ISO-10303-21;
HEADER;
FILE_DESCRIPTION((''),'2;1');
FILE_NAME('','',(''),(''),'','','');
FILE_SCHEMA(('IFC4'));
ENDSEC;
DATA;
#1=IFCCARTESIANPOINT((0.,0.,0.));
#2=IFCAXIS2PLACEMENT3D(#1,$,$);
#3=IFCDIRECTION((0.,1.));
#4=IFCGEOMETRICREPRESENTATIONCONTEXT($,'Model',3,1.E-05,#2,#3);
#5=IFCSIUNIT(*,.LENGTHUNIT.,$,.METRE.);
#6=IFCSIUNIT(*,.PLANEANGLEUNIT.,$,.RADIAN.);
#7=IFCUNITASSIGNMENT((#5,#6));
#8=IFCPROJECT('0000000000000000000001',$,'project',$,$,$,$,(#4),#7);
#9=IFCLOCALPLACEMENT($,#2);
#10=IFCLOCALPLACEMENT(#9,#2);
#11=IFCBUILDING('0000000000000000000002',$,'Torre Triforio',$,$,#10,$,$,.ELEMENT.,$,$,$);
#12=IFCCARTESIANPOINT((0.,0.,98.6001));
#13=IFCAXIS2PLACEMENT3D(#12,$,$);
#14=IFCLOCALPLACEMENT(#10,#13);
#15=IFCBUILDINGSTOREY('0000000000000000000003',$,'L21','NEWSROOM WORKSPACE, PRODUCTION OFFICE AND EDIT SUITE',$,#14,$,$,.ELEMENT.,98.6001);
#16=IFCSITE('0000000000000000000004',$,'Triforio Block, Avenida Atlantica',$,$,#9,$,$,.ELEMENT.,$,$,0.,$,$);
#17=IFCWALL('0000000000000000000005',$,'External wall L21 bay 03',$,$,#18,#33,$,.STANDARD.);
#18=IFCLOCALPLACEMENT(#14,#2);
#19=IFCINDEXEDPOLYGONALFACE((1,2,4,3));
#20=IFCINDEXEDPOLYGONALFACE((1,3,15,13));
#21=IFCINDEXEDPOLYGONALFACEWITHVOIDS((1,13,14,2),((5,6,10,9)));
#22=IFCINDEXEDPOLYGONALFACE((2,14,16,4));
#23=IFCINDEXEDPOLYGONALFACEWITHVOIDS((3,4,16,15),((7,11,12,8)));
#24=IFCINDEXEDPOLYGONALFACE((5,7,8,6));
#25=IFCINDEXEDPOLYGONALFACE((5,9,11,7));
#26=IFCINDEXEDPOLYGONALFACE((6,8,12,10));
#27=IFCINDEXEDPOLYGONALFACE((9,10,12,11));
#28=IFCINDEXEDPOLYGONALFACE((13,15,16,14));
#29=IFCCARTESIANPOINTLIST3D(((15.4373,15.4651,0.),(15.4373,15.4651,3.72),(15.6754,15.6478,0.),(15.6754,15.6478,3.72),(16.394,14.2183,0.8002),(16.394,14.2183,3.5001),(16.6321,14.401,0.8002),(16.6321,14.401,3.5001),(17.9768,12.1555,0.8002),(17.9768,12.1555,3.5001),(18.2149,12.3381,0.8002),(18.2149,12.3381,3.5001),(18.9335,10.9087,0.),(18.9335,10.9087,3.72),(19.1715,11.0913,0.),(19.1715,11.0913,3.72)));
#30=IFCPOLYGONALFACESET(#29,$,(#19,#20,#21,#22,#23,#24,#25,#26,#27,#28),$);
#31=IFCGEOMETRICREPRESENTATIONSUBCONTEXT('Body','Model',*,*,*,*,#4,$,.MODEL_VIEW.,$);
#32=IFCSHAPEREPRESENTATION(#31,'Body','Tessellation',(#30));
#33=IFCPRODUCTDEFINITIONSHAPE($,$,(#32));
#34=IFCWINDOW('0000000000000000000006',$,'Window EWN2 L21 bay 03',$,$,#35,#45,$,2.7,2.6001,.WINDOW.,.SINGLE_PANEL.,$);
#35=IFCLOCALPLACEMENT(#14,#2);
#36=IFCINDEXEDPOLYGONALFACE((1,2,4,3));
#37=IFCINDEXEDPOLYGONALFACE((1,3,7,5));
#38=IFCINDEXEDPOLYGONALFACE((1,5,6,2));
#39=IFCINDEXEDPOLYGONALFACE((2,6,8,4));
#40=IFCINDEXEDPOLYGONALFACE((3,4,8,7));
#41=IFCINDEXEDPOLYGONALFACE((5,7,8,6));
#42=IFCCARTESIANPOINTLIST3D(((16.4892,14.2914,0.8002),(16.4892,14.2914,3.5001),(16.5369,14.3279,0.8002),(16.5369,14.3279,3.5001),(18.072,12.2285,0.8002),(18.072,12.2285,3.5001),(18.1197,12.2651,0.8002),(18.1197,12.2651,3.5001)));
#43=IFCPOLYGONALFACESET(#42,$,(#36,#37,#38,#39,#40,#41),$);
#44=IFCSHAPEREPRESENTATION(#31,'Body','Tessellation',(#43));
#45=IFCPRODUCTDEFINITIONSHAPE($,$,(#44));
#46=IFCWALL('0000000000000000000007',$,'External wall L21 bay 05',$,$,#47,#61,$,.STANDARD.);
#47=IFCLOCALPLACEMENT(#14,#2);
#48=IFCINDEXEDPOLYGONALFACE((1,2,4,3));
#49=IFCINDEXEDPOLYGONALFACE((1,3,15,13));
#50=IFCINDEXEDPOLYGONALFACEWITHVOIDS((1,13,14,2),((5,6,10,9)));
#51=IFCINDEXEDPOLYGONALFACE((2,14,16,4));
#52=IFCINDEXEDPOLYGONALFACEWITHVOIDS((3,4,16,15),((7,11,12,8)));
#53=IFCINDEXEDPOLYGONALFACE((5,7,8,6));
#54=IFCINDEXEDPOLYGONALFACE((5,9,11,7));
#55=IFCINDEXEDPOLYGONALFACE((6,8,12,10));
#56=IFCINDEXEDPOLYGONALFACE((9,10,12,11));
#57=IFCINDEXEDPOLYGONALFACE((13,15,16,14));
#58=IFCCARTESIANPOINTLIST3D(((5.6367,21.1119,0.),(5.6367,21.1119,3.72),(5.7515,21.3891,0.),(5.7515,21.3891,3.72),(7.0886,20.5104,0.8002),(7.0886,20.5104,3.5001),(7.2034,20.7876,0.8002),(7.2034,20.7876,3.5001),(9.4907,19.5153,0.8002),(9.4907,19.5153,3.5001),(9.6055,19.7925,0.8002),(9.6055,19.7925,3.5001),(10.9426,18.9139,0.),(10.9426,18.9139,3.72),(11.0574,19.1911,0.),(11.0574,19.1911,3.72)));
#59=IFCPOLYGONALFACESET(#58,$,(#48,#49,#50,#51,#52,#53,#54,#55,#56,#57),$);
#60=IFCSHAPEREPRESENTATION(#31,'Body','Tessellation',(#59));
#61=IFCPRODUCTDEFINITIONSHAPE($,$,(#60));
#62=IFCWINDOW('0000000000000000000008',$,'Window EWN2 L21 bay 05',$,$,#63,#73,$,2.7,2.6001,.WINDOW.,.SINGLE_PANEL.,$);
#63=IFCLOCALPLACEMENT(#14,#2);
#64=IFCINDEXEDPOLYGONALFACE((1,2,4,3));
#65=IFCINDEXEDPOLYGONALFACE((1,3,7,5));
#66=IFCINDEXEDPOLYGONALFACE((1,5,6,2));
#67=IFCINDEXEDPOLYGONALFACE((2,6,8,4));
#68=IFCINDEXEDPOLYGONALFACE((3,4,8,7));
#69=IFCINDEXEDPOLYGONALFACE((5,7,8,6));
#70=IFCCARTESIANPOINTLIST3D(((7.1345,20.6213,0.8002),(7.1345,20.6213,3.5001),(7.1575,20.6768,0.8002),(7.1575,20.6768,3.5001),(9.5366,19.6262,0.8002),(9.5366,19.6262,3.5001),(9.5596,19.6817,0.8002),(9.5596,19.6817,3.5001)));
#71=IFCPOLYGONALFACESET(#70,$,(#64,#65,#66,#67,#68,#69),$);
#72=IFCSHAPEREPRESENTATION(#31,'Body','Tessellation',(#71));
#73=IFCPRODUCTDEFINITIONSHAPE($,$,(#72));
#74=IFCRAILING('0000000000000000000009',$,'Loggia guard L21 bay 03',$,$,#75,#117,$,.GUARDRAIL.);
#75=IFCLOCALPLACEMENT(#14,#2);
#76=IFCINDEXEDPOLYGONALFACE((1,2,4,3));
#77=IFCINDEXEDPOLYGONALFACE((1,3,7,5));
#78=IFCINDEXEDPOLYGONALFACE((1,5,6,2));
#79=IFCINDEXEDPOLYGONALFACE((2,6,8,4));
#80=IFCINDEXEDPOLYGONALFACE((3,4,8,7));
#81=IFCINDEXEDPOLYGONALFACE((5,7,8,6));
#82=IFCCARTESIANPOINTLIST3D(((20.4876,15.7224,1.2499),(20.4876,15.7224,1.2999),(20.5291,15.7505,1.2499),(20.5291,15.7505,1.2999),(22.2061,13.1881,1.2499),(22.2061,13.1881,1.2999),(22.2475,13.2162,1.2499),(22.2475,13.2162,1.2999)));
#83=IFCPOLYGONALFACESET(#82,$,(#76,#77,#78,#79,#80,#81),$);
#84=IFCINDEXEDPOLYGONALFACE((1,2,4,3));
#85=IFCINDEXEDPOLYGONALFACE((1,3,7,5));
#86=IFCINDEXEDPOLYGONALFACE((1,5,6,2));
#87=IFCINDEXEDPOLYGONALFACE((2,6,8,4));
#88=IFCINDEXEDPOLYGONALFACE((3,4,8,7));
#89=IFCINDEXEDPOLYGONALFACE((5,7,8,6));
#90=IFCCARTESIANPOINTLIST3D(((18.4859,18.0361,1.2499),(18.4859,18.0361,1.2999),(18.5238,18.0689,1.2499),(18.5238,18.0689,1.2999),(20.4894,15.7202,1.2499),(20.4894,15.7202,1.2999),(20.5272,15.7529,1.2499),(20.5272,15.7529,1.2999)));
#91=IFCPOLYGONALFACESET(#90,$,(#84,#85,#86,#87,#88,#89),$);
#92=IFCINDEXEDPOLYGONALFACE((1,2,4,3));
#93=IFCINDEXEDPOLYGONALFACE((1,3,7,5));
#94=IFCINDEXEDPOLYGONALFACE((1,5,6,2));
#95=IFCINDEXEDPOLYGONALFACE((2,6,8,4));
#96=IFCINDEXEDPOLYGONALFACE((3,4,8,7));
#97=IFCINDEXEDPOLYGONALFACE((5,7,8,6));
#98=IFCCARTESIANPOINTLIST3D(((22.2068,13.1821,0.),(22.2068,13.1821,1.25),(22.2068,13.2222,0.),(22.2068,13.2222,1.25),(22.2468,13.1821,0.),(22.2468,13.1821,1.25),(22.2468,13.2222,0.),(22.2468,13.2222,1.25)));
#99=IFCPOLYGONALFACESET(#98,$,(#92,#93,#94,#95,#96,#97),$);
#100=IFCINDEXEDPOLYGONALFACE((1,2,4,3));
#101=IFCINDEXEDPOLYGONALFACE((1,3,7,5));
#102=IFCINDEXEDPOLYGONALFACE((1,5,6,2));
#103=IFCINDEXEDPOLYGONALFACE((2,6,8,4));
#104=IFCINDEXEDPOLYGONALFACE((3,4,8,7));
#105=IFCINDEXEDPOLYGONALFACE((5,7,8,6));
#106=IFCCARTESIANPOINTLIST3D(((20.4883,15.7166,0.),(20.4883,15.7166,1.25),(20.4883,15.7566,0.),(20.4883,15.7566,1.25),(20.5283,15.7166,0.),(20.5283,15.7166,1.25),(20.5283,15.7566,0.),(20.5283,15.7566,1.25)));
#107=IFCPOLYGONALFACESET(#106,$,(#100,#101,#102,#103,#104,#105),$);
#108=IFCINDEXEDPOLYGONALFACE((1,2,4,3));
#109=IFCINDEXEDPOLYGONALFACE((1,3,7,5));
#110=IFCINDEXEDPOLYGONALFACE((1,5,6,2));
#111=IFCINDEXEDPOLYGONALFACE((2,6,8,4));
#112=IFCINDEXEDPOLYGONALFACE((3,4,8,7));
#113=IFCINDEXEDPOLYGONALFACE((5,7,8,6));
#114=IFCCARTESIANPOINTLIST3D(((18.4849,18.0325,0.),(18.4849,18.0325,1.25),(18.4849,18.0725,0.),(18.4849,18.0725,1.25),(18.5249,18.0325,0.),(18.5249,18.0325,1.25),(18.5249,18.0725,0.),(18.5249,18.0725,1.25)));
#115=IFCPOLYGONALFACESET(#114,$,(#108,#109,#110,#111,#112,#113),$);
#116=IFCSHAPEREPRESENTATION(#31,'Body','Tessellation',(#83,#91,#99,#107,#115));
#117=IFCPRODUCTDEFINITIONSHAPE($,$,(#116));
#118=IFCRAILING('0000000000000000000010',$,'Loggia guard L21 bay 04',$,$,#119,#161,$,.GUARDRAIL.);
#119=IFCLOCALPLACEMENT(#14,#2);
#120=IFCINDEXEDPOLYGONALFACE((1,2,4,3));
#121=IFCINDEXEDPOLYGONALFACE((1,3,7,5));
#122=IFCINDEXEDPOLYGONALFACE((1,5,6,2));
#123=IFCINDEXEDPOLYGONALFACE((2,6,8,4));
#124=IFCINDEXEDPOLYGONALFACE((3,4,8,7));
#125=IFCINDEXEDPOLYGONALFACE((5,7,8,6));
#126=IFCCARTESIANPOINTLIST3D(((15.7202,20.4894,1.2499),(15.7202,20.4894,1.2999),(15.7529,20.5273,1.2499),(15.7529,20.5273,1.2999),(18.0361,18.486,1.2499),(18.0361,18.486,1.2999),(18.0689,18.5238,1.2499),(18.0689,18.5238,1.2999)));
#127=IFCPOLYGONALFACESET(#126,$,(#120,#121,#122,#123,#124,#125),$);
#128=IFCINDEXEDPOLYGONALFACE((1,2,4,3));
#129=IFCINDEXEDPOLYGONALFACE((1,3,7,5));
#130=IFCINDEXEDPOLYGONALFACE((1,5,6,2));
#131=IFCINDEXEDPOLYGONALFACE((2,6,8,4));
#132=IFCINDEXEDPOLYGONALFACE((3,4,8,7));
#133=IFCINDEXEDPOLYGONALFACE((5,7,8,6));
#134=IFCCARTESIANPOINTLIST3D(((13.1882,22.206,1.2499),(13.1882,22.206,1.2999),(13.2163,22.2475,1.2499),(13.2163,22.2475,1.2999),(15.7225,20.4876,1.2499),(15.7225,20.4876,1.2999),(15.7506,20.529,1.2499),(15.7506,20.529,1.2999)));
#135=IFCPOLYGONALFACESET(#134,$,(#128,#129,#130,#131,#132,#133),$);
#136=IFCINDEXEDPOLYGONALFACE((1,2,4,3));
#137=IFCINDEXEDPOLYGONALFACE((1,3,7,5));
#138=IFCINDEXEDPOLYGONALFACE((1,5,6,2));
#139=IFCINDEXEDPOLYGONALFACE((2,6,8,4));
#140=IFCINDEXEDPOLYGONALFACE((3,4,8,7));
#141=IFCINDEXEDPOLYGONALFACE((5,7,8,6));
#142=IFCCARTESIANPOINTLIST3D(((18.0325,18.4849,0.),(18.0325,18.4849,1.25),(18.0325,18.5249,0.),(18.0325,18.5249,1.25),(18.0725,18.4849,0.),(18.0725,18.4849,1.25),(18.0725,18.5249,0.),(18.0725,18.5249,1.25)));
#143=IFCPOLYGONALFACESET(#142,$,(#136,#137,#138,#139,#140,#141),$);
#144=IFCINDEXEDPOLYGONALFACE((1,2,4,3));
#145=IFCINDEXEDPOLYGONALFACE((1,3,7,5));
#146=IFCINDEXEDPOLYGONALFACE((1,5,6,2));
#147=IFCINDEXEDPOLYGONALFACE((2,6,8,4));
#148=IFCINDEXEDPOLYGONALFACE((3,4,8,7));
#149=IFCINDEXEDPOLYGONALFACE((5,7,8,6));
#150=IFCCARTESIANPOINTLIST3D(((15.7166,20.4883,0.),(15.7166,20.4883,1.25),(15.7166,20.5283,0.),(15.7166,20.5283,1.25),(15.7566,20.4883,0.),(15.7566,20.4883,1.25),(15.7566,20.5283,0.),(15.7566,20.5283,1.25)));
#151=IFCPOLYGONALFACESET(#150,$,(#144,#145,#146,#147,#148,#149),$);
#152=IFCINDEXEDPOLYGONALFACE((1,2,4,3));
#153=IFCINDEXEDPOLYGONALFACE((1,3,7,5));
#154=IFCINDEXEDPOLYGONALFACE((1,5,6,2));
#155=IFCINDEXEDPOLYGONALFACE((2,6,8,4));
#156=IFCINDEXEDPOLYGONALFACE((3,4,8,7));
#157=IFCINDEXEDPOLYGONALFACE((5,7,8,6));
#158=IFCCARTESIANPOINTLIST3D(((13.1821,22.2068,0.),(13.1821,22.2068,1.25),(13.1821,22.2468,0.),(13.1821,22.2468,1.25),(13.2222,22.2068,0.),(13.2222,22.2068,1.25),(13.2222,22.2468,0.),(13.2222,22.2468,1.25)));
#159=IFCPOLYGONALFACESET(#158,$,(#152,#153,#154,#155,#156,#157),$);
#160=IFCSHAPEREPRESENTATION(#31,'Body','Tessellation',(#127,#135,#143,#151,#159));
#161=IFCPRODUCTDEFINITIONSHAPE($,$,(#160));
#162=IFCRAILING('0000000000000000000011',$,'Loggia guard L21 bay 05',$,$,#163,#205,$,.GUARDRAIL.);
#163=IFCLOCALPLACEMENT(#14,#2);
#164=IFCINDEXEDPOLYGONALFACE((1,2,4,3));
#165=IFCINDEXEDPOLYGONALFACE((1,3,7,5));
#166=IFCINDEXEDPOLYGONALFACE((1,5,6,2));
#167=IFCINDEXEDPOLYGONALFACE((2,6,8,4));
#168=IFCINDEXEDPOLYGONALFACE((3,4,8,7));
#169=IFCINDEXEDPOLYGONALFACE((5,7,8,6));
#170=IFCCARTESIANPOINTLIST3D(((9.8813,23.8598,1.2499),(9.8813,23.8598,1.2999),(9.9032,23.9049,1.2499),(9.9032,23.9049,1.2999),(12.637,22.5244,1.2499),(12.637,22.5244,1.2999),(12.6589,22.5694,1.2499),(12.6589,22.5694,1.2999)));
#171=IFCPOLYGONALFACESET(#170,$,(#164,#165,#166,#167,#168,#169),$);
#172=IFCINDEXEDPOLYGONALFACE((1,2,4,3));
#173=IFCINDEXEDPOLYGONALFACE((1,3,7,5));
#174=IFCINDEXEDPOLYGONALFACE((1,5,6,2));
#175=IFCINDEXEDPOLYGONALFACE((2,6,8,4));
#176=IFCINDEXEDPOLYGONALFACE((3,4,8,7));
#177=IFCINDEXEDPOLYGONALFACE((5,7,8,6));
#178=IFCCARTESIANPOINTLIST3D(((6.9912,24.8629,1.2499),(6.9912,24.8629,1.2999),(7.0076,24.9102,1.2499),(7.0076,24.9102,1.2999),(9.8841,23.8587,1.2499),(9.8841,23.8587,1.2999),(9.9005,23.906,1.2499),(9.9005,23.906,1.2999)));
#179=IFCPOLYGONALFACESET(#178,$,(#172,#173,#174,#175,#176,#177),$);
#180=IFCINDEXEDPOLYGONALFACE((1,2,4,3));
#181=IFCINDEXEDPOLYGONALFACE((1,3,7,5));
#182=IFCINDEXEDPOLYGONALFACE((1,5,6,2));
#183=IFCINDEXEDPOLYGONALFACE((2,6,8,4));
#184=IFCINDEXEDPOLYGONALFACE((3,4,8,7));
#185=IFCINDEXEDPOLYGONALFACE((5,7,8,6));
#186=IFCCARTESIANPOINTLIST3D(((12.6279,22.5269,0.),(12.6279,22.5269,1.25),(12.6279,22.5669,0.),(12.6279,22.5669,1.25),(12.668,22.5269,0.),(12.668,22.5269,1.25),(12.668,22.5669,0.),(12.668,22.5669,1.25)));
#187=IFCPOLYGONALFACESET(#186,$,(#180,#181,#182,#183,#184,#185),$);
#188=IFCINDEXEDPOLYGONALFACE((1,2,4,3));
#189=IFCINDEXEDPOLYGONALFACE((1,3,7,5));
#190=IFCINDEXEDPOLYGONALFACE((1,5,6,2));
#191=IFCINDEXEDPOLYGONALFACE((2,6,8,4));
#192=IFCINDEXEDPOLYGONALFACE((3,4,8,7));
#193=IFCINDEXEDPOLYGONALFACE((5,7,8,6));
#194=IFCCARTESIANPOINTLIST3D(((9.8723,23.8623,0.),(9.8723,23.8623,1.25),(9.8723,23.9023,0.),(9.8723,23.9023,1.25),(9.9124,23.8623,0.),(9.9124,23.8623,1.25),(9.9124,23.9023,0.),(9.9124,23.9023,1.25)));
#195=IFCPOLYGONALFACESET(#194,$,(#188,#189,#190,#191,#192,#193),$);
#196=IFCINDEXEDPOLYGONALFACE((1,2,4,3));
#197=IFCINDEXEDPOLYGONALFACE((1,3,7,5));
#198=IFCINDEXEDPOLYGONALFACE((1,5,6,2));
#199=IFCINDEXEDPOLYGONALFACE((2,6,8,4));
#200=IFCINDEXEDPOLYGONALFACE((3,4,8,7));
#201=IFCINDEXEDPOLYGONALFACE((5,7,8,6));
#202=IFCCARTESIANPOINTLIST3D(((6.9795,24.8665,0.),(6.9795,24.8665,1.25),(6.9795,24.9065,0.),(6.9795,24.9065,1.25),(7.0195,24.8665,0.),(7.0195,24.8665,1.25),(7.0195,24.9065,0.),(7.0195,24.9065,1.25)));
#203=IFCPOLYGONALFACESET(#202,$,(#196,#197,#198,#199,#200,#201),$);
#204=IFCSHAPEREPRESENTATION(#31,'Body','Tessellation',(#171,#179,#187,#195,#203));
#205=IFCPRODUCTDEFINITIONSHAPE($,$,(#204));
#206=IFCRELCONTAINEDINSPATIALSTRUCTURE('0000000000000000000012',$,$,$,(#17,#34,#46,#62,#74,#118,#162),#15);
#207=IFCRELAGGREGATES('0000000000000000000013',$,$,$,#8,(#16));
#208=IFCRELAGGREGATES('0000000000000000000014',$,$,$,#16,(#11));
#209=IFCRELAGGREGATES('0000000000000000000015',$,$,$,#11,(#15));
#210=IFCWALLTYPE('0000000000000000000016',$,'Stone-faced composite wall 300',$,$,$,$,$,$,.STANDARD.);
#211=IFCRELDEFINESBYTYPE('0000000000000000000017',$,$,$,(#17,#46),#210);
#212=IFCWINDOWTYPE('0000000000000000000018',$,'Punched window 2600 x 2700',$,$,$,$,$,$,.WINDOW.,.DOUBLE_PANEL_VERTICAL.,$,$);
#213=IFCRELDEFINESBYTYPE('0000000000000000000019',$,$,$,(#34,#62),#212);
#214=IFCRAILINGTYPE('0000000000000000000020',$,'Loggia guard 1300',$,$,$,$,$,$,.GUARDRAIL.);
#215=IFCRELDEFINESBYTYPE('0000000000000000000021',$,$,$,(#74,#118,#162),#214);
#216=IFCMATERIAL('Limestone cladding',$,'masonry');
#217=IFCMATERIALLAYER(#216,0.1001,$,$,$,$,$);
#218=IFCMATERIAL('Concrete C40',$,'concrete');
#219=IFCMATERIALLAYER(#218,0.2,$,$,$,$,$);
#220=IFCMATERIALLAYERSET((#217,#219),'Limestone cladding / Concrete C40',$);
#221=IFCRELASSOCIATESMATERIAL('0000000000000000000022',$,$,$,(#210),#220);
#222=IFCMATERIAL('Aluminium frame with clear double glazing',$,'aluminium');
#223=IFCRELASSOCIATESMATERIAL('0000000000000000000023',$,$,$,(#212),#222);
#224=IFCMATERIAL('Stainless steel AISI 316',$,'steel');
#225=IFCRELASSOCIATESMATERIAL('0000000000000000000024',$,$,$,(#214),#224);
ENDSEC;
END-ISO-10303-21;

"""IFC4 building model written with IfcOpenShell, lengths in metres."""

from ifc_helpers import new_model, si_unit, direction, frame, frame_2d, origin, origin_2d, place, context, subcontext, project, spatial, rectangle, extrude, material, layer, layer_set, type_object, element, fill, save


model = new_model("IFC4")

# Units and contexts
model_context = context("Model", 3, precision=1e-05, world=origin(), true_north=direction((0.0, 1.0)))
body_context = subcontext(model_context, "Body", "Model", "MODEL_VIEW")
ifc_project = project(units=[si_unit("LENGTHUNIT", "METRE"), si_unit("PLANEANGLEUNIT", "RADIAN")], contexts=[model_context])

# Site, building, storey
site_placement = place(None, origin())
site = spatial("IfcSite", under=ifc_project, at=site_placement, Name="Triforio Block, Avenida Atlantica", CompositionType="ELEMENT", RefElevation=0.0)
building_placement = place(site_placement, origin())
building = spatial("IfcBuilding", under=site, at=building_placement, Name="Torre Triforio", CompositionType="ELEMENT")
storey_placement = place(building_placement, frame((0.0, 0.0, 98.6001)))
storey = spatial("IfcBuildingStorey", under=building, at=storey_placement, Name="L21", Description="NEWSROOM WORKSPACE, PRODUCTION OFFICE AND EDIT SUITE", CompositionType="ELEMENT", Elevation=98.6001)

# Shared definitions
ifc_material_1 = material(Name="Limestone cladding", Category="masonry")
ifc_material_2 = material(Name="Concrete C40", Category="concrete")

# Wall, opening, window
ifc_layer_1 = layer(ifc_material_1, 0.1001)
ifc_layer_2 = layer(ifc_material_2, 0.2)
ifc_layer_set_1 = layer_set([ifc_layer_1, ifc_layer_2], Name="Limestone cladding / Concrete C40")
wall_type_1 = type_object("IfcWallType", Name="Stone-faced composite wall 300", PredefinedType="STANDARD", material=ifc_layer_set_1)
wall_1_placement = place(storey_placement, frame((19.0525, 11.0, 0.0), z_axis=(0.0, 0.0, 1.0), x_axis=(-0.608745, 0.793366, 0.0)))
wall_1 = element("IfcWall", 1, at=wall_1_placement, inside=storey, type_object=wall_type_1, Name="External wall L21 bay 03", PredefinedType="STANDARD", context=body_context, shape_type="SweptSolid", body=[
    extrude(rectangle(XDim=5.7432, YDim=0.3, at=frame_2d((2.8716, 0.0))), origin(), (0.0, 0.0, 1.0), 3.72),
])
opening_1_placement = place(wall_1_placement, frame((1.5715, 0.0, 0.8)))
opening_1 = element("IfcOpeningElement", 2, at=opening_1_placement, cuts=wall_1, PredefinedType="OPENING", context=body_context, shape_type="SweptSolid", body=[
    extrude(rectangle(XDim=2.6001, YDim=2.7, at=frame_2d((1.3, 1.3501))), frame((0.0, 0.1599, 0.0), z_axis=(0.0, -1.0, 0.0), x_axis=(1.0, 0.0, 0.0)), (0.0, 0.0, 1.0), 0.3201),
])
ifc_material_3 = material(Name="Aluminium frame with clear double glazing", Category="aluminium")
window_type_1 = type_object("IfcWindowType", Name="Punched window 2600 x 2700", PartitioningType="DOUBLE_PANEL_VERTICAL", PredefinedType="WINDOW", material=ifc_material_3)
window_1_placement = place(opening_1_placement, origin())
window_1 = element("IfcWindow", 3, at=window_1_placement, inside=storey, type_object=window_type_1, Name="Window EWN2 L21 bay 03", OverallHeight=2.7, OverallWidth=2.6001, PartitioningType="SINGLE_PANEL", PredefinedType="WINDOW", context=body_context, shape_type="SweptSolid", body=[
    extrude(rectangle(XDim=2.6001, YDim=2.7, at=frame_2d((1.3, 1.3501))), frame((0.0, 0.03, 0.0), z_axis=(0.0, -1.0, 0.0), x_axis=(1.0, 0.0, 0.0)), (0.0, 0.0, 1.0), 0.0601),
])
fill(opening_1, window_1)

# Wall, opening, window
wall_2_placement = place(storey_placement, frame((11.0, 19.0525, 0.0), z_axis=(0.0, 0.0, 1.0), x_axis=(-0.923866, 0.382716, 0.0)))
wall_2 = element("IfcWall", 4, at=wall_2_placement, inside=storey, type_object=wall_type_1, Name="External wall L21 bay 05", PredefinedType="STANDARD", context=body_context, shape_type="SweptSolid", body=[
    extrude(rectangle(XDim=5.7432, YDim=0.3, at=frame_2d((2.8716, 0.0))), origin(), (0.0, 0.0, 1.0), 3.72),
])
opening_2_placement = place(wall_2_placement, frame((1.5715, 0.0, 0.8)))
opening_2 = element("IfcOpeningElement", 5, at=opening_2_placement, cuts=wall_2, PredefinedType="OPENING", context=body_context, shape_type="SweptSolid", body=[
    extrude(rectangle(XDim=2.6001, YDim=2.7, at=frame_2d((1.3, 1.3501))), frame((0.0, 0.1599, 0.0), z_axis=(0.0, -1.0, 0.0), x_axis=(1.0, 0.0, 0.0)), (0.0, 0.0, 1.0), 0.3201),
])
window_2_placement = place(opening_2_placement, origin())
window_2 = element("IfcWindow", 6, at=window_2_placement, inside=storey, type_object=window_type_1, Name="Window EWN2 L21 bay 05", OverallHeight=2.7, OverallWidth=2.6001, PartitioningType="SINGLE_PANEL", PredefinedType="WINDOW", context=body_context, shape_type="SweptSolid", body=[
    extrude(rectangle(XDim=2.6001, YDim=2.7, at=frame_2d((1.3, 1.3501))), frame((0.0, 0.03, 0.0), z_axis=(0.0, -1.0, 0.0), x_axis=(1.0, 0.0, 0.0)), (0.0, 0.0, 1.0), 0.0601),
])
fill(opening_2, window_2)

# Railings
ifc_material_4 = material(Name="Stainless steel AISI 316", Category="steel")
railing_type = type_object("IfcRailingType", Name="Loggia guard 1300", PredefinedType="GUARDRAIL", material=ifc_material_4)
railing_1_placement = place(storey_placement, frame((22.2268, 13.2021, 0.0)))
element("IfcRailing", 7, at=railing_1_placement, inside=storey, type_object=railing_type, Name="Loggia guard L21 bay 03", PredefinedType="GUARDRAIL", context=body_context, shape_type="SweptSolid", body=[
    extrude(rectangle(XDim=0.05, YDim=0.05, at=origin_2d()), frame((0.0, 0.0, 1.2749), z_axis=(-0.561215, 0.82767, 0.0), x_axis=(-0.82767, -0.561215, 0.0)), (0.0, 0.0, 1.0), 3.062),
    extrude(rectangle(XDim=0.05, YDim=0.05, at=origin_2d()), frame((-1.7185, 2.5344, 1.2749), z_axis=(-0.654238, 0.756289, 0.0), x_axis=(-0.756289, -0.654238, 0.0)), (0.0, 0.0, 1.0), 3.0623),
    extrude(rectangle(XDim=0.04, YDim=0.04, at=origin_2d()), origin(), (0.0, 0.0, 1.0), 1.25),
    extrude(rectangle(XDim=0.04, YDim=0.04, at=origin_2d()), frame((-1.7185, 2.5344, 0.0)), (0.0, 0.0, 1.0), 1.25),
    extrude(rectangle(XDim=0.04, YDim=0.04, at=origin_2d()), frame((-3.7219, 4.8503, 0.0)), (0.0, 0.0, 1.0), 1.25),
])
railing_2_placement = place(storey_placement, frame((18.0525, 18.5049, 0.0)))
element("IfcRailing", 8, at=railing_2_placement, inside=storey, type_object=railing_type, Name="Loggia guard L21 bay 04", PredefinedType="GUARDRAIL", context=body_context, shape_type="SweptSolid", body=[
    extrude(rectangle(XDim=0.05, YDim=0.05, at=origin_2d()), frame((0.0, 0.0, 1.2749), z_axis=(-0.756289, 0.654238, 0.0), x_axis=(-0.654238, -0.756289, 0.0)), (0.0, 0.0, 1.0), 3.0623),
    extrude(rectangle(XDim=0.05, YDim=0.05, at=origin_2d()), frame((-2.3159, 2.0034, 1.2749), z_axis=(-0.82767, 0.561215, 0.0), x_axis=(-0.561215, -0.82767, 0.0)), (0.0, 0.0, 1.0), 3.062),
    extrude(rectangle(XDim=0.04, YDim=0.04, at=origin_2d()), origin(), (0.0, 0.0, 1.0), 1.25),
    extrude(rectangle(XDim=0.04, YDim=0.04, at=origin_2d()), frame((-2.3159, 2.0034, 0.0)), (0.0, 0.0, 1.0), 1.25),
    extrude(rectangle(XDim=0.04, YDim=0.04, at=origin_2d()), frame((-4.8503, 3.7219, 0.0)), (0.0, 0.0, 1.0), 1.25),
])
railing_3_placement = place(storey_placement, frame((12.6479, 22.5469, 0.0)))
element("IfcRailing", 9, at=railing_3_placement, inside=storey, type_object=railing_type, Name="Loggia guard L21 bay 05", PredefinedType="GUARDRAIL", context=body_context, shape_type="SweptSolid", body=[
    extrude(rectangle(XDim=0.05, YDim=0.05, at=origin_2d()), frame((0.0, 0.0, 1.2749), z_axis=(-0.899892, 0.436113, 0.0), x_axis=(-0.436113, -0.899892, 0.0)), (0.0, 0.0, 1.0), 3.0623),
    extrude(rectangle(XDim=0.05, YDim=0.05, at=origin_2d()), frame((-2.7556, 1.3354, 1.2749), z_axis=(-0.944704, 0.327924, 0.0), x_axis=(-0.327924, -0.944704, 0.0)), (0.0, 0.0, 1.0), 3.0623),
    extrude(rectangle(XDim=0.04, YDim=0.04, at=origin_2d()), origin(), (0.0, 0.0, 1.0), 1.25),
    extrude(rectangle(XDim=0.04, YDim=0.04, at=origin_2d()), frame((-2.7556, 1.3354, 0.0)), (0.0, 0.0, 1.0), 1.25),
    extrude(rectangle(XDim=0.04, YDim=0.04, at=origin_2d()), frame((-5.6484, 2.3396, 0.0)), (0.0, 0.0, 1.0), 1.25),
])

save(model, "model.ifc")
